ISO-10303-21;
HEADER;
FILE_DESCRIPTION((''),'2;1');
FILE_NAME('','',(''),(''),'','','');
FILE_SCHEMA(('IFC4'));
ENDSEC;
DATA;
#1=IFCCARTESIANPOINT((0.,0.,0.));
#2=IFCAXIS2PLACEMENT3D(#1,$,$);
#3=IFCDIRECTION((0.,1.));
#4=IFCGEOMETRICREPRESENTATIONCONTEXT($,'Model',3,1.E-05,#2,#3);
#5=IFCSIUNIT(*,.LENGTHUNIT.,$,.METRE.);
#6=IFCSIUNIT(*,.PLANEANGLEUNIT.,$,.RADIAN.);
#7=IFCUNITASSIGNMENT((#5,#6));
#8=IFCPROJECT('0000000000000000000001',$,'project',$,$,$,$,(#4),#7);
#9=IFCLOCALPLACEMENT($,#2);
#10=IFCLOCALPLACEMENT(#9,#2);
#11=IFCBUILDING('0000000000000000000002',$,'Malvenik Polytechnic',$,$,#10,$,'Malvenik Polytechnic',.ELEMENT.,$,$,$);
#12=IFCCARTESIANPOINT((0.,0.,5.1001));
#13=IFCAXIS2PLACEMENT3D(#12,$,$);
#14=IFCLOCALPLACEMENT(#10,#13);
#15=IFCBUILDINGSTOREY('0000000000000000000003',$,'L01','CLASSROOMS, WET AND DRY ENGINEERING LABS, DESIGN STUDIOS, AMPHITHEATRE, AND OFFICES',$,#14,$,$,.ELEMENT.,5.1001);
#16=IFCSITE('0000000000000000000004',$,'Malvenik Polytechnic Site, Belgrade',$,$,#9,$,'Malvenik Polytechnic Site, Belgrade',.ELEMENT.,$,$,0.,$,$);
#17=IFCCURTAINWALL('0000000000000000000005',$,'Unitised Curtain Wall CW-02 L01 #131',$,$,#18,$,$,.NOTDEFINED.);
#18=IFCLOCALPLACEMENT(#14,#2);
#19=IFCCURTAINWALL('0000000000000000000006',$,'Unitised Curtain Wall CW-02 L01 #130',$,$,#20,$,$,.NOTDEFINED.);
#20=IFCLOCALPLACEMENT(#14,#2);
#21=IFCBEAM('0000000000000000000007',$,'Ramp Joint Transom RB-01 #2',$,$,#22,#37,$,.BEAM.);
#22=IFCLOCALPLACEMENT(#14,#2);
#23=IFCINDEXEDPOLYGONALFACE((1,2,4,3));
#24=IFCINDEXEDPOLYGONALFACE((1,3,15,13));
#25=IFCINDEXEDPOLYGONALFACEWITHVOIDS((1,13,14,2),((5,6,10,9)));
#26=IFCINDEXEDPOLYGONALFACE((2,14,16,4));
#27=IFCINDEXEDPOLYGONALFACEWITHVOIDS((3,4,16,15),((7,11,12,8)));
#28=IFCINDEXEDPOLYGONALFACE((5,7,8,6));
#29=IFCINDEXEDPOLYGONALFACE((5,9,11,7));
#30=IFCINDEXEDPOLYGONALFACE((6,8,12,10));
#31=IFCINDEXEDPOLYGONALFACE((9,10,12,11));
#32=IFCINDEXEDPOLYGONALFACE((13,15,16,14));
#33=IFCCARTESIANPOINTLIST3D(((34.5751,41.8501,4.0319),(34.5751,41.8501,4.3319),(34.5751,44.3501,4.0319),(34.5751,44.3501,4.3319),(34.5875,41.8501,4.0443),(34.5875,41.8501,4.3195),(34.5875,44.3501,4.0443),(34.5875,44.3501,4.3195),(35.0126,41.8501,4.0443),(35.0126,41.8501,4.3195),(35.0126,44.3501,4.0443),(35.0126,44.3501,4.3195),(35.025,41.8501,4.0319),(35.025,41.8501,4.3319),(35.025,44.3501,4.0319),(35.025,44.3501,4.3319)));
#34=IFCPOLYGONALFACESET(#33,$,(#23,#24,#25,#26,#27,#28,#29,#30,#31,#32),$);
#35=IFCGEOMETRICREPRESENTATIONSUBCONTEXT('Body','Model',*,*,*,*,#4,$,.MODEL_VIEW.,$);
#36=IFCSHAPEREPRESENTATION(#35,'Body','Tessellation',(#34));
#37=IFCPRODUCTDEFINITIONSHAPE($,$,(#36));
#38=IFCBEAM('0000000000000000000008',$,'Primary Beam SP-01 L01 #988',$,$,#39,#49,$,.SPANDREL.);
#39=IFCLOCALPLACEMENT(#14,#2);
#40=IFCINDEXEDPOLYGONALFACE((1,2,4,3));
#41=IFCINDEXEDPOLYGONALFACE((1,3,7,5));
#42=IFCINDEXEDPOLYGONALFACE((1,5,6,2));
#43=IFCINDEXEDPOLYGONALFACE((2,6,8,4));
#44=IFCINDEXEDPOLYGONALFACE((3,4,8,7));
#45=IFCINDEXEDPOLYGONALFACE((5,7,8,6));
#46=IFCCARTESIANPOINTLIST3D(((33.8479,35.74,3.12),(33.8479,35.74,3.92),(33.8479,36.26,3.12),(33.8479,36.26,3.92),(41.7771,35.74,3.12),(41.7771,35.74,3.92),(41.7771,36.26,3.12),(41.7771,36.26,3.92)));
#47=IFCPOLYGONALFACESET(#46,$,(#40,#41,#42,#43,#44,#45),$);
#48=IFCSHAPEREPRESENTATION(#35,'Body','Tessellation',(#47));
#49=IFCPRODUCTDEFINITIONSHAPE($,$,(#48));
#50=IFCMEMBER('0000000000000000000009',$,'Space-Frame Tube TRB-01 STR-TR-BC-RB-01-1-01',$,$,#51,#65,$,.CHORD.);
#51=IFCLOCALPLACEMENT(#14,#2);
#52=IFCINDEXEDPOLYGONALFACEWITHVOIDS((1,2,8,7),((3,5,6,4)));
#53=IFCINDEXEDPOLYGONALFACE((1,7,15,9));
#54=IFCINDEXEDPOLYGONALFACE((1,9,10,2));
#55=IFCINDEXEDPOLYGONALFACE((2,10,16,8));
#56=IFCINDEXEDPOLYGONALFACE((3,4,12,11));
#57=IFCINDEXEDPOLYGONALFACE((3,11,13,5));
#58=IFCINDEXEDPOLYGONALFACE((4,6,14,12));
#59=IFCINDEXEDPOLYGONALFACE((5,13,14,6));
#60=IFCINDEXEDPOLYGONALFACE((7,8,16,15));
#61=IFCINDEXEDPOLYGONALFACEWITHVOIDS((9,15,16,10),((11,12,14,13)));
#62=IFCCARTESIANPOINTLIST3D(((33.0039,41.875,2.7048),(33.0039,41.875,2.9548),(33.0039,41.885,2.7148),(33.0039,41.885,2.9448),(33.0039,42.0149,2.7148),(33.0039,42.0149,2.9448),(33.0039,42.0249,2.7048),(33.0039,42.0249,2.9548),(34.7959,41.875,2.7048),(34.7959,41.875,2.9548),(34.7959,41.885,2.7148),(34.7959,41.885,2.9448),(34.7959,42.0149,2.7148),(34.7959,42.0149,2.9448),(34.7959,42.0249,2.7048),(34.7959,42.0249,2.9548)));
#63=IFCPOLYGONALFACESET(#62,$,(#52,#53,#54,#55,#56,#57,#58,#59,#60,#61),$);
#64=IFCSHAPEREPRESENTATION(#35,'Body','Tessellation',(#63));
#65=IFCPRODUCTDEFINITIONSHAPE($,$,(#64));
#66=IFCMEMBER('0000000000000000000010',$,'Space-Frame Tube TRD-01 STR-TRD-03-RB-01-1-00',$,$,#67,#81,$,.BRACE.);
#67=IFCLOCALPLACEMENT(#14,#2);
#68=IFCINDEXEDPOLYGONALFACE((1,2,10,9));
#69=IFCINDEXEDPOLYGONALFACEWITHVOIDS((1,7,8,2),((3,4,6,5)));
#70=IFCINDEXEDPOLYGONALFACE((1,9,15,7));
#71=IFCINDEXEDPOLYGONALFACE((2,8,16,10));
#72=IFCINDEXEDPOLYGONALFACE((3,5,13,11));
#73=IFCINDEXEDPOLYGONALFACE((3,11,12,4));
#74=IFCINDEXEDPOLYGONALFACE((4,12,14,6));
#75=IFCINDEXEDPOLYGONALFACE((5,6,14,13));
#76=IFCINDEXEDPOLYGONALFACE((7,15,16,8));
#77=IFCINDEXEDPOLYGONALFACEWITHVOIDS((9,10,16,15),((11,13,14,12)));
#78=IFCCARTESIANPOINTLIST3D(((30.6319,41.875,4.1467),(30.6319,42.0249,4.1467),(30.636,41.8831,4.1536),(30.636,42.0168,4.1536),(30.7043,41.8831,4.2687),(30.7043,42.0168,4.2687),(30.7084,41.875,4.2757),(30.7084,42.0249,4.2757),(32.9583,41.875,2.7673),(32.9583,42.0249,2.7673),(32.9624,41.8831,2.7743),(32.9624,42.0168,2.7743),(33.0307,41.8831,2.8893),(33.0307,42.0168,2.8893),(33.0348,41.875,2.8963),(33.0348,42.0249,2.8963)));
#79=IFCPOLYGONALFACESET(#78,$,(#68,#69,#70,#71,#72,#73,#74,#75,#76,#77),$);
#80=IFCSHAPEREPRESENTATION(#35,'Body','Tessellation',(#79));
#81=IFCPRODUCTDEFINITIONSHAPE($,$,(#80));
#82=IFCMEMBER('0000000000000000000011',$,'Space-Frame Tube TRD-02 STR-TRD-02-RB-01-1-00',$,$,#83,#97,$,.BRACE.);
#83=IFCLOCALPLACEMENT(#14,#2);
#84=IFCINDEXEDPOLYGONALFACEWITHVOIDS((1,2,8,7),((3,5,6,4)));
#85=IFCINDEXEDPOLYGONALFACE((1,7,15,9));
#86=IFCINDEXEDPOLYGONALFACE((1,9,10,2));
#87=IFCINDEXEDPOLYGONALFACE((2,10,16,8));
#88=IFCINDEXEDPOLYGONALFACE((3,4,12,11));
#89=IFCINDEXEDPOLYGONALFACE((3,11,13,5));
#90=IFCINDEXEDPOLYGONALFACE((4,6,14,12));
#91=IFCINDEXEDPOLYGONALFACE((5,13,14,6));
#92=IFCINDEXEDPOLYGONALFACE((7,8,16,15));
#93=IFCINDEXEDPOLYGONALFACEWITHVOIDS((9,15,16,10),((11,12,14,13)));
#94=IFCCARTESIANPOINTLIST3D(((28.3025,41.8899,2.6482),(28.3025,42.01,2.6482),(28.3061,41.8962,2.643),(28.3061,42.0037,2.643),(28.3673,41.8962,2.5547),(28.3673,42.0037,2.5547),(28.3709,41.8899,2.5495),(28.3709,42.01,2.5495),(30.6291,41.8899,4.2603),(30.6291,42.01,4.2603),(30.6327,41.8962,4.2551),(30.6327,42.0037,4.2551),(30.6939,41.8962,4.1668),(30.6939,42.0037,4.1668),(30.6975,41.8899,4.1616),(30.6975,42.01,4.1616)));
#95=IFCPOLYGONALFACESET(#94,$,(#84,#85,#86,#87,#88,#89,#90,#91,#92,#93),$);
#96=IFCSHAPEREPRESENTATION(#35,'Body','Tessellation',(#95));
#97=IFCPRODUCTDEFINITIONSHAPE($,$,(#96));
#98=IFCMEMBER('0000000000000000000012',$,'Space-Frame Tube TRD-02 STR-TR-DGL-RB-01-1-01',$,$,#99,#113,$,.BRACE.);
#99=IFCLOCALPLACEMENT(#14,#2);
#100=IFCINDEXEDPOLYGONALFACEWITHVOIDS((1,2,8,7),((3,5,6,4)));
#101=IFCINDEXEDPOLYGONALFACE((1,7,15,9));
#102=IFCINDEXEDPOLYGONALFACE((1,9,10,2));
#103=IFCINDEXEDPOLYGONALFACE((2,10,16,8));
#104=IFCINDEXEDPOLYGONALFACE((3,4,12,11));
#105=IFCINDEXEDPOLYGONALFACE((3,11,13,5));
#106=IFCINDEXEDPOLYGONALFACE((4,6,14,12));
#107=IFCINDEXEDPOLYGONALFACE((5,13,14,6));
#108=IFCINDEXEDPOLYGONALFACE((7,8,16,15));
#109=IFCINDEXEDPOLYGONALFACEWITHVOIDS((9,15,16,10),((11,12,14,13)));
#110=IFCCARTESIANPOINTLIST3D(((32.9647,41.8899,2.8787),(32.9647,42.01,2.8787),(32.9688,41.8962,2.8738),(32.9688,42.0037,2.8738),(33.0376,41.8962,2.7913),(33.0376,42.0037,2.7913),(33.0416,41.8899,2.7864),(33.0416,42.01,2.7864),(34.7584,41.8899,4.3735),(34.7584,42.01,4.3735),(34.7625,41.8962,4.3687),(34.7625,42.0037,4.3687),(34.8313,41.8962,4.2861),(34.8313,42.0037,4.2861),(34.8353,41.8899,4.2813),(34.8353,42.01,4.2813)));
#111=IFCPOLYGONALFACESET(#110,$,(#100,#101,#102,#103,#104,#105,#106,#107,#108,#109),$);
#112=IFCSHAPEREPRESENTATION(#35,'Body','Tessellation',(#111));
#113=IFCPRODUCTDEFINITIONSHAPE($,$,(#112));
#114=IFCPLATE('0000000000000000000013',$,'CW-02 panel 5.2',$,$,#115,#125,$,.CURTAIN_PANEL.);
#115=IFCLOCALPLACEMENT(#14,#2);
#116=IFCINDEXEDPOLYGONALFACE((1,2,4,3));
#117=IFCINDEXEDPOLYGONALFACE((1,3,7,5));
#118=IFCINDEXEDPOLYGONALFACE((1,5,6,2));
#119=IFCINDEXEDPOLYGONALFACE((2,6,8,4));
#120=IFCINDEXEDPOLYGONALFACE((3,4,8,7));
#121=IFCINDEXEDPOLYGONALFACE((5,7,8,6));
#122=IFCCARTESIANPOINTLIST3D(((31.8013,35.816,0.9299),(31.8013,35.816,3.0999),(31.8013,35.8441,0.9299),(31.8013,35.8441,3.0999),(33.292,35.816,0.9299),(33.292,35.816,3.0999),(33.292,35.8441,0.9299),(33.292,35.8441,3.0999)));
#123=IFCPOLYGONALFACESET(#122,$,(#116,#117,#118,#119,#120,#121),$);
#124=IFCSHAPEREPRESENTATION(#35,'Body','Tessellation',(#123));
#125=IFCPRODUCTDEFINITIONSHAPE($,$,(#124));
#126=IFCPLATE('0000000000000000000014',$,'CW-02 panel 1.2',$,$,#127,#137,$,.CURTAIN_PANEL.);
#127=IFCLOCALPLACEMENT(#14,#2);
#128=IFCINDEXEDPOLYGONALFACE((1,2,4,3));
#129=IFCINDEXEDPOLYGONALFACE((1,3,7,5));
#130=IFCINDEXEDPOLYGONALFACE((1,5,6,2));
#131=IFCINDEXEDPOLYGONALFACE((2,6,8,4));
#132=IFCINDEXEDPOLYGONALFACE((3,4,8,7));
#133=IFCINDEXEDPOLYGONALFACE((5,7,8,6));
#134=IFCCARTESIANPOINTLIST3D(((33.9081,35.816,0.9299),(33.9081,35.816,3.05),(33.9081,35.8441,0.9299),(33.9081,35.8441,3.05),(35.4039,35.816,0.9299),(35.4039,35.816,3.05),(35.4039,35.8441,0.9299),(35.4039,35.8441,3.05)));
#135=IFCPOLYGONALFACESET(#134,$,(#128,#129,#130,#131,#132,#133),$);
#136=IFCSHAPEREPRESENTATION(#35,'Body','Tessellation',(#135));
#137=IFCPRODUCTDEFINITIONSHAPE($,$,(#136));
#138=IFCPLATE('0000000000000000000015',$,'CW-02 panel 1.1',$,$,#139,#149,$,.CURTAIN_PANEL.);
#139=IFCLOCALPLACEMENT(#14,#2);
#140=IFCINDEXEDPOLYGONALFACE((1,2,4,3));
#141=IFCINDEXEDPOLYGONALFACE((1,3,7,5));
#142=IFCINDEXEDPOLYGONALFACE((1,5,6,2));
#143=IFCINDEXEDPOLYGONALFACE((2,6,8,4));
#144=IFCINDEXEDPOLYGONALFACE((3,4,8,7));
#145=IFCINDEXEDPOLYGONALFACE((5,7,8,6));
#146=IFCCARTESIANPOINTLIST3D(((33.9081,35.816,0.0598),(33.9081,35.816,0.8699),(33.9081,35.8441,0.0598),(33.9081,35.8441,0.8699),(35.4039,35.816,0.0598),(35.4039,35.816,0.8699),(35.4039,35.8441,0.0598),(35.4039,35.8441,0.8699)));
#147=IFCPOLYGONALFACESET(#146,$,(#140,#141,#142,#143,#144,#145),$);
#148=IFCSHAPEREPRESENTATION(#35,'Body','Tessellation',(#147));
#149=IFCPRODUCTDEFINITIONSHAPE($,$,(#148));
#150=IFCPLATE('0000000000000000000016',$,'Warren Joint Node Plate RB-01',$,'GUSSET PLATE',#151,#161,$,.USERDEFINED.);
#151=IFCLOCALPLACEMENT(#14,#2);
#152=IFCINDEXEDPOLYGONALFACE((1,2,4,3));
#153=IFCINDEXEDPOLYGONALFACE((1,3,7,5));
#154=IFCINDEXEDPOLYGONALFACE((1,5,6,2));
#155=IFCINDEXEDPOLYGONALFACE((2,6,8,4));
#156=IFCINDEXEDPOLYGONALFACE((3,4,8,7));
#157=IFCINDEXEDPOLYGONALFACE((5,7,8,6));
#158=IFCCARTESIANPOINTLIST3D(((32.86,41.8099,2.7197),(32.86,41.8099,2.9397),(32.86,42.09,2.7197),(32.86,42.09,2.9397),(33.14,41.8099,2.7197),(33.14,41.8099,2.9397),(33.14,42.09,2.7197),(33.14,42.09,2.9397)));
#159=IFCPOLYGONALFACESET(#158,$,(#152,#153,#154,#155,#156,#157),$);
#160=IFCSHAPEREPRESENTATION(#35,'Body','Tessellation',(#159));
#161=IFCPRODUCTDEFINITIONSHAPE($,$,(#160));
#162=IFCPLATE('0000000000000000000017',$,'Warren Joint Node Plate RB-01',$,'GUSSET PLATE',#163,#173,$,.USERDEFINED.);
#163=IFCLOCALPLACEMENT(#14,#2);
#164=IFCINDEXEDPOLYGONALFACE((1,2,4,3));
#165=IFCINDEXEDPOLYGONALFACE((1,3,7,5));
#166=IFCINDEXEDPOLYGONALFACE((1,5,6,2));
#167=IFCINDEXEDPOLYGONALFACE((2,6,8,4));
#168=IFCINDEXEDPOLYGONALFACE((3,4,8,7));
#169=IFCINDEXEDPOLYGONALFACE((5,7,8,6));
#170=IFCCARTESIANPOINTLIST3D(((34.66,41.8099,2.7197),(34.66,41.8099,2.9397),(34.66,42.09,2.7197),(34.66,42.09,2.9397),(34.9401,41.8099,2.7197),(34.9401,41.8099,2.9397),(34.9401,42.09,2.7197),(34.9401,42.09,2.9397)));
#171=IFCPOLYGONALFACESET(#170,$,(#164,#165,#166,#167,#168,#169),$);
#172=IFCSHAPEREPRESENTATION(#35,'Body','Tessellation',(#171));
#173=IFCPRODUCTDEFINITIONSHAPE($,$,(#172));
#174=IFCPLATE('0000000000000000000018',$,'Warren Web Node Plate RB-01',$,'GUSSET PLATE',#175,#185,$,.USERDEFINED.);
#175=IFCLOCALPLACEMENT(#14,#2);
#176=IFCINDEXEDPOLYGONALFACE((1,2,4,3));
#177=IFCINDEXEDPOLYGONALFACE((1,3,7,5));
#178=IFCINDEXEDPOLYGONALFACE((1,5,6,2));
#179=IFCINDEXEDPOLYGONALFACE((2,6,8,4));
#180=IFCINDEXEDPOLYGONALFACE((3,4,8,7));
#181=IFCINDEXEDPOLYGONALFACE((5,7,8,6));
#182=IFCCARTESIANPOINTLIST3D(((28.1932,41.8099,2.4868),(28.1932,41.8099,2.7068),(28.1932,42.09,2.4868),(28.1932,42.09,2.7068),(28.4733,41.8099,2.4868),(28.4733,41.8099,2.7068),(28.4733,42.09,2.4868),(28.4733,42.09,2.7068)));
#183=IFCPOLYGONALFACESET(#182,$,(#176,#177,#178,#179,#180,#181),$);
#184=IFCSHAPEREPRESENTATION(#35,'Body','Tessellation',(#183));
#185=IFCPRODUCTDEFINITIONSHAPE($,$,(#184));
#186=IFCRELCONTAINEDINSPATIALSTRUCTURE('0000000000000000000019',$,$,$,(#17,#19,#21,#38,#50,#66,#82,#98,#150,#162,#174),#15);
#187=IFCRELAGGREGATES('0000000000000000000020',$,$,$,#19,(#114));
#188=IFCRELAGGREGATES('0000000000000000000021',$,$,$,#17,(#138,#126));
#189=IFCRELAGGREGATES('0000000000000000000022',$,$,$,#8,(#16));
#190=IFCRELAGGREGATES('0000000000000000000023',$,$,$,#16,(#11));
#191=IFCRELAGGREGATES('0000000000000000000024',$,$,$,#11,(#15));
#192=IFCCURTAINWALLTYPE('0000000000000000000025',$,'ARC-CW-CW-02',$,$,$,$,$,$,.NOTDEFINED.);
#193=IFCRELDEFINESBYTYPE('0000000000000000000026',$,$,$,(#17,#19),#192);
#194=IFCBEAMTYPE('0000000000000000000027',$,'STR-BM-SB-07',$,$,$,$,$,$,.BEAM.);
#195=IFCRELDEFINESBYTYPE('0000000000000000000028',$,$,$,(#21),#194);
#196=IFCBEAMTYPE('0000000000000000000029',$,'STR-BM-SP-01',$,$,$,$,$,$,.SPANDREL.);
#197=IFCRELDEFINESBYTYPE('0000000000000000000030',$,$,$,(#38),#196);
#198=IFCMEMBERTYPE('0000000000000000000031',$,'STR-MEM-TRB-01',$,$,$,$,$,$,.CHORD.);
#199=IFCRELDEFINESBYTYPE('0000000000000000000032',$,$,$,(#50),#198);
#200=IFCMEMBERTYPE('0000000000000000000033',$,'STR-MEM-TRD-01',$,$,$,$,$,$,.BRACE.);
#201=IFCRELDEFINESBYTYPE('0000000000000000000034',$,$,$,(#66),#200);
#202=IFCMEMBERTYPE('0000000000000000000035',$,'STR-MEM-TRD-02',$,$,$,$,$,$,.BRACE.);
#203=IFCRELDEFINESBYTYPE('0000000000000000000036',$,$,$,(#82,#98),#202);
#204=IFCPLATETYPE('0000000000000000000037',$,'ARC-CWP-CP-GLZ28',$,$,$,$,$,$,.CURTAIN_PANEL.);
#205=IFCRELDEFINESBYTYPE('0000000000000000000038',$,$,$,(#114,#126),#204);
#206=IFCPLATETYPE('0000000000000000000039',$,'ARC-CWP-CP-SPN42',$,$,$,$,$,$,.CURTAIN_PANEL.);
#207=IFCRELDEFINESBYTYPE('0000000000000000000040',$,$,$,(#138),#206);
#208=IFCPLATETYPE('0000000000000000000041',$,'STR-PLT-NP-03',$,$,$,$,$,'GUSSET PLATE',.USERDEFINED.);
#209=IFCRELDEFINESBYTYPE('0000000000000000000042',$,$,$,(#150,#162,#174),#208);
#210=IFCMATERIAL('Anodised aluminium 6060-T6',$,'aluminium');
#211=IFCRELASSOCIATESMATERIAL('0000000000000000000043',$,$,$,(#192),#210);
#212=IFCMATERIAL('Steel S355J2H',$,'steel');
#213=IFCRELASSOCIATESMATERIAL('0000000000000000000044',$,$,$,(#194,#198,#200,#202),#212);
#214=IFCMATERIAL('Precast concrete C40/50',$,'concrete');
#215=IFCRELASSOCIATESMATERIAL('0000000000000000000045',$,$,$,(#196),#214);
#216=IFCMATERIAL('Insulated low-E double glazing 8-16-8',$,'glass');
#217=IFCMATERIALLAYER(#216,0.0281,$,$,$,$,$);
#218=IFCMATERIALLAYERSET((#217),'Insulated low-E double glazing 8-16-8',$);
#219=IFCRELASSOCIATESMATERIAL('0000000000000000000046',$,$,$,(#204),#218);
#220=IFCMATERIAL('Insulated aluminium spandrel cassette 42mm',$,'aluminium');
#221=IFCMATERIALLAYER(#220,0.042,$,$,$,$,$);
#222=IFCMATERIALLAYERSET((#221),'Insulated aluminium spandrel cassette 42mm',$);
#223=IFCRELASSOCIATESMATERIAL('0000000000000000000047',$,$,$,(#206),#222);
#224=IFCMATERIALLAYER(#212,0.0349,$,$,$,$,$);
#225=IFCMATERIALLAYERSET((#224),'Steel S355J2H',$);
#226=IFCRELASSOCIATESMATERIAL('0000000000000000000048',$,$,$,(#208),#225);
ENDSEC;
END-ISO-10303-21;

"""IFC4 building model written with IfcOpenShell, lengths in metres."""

from ifc_helpers import new_model, si_unit, direction, frame, origin, origin_2d, place, context, subcontext, project, spatial, rectangle, hollow_rectangle, extrude, material, layer, layer_set, material_profile, profile_set, type_object, element, aggregate, save


model = new_model("IFC4")

# Units and contexts
model_context = context("Model", 3, precision=1e-05, world=origin(), true_north=direction((0.0, 1.0)))
body_context = subcontext(model_context, "Body", "Model", "MODEL_VIEW")
ifc_project = project(units=[si_unit("LENGTHUNIT", "METRE"), si_unit("PLANEANGLEUNIT", "RADIAN")], contexts=[model_context])

# Site, building, storey
site_placement = place(None, origin())
site = spatial("IfcSite", under=ifc_project, at=site_placement, Name="Malvenik Polytechnic Site, Belgrade", LongName="Malvenik Polytechnic Site, Belgrade", CompositionType="ELEMENT", RefElevation=0.0)
building_placement = place(site_placement, origin())
building = spatial("IfcBuilding", under=site, at=building_placement, Name="Malvenik Polytechnic", LongName="Malvenik Polytechnic", CompositionType="ELEMENT")
storey_placement = place(building_placement, frame((0.0, 0.0, 5.1001)))
storey = spatial("IfcBuildingStorey", under=building, at=storey_placement, Name="L01", Description="CLASSROOMS, WET AND DRY ENGINEERING LABS, DESIGN STUDIOS, AMPHITHEATRE, AND OFFICES", CompositionType="ELEMENT", Elevation=5.1001)

# Shared definitions
ifc_material_1 = material(Name="Steel S355J2H", Category="steel")

# Curtain walls
ifc_material_2 = material(Name="Anodised aluminium 6060-T6", Category="aluminium")
curtain_wall_type = type_object("IfcCurtainWallType", Name="ARC-CW-CW-02", PredefinedType="NOTDEFINED", material=ifc_material_2)
curtain_wall_1_placement = place(storey_placement, origin())
curtain_wall_1 = element("IfcCurtainWall", 1, at=curtain_wall_1_placement, inside=storey, type_object=curtain_wall_type, Name="Unitised Curtain Wall CW-02 L01 #131", PredefinedType="NOTDEFINED")
curtain_wall_2_placement = place(storey_placement, origin())
curtain_wall_2 = element("IfcCurtainWall", 2, at=curtain_wall_2_placement, inside=storey, type_object=curtain_wall_type, Name="Unitised Curtain Wall CW-02 L01 #130", PredefinedType="NOTDEFINED")

# Beams
ifc_material_profile_1 = material_profile(ifc_material_1, hollow_rectangle(XDim=0.45, YDim=0.3, WallThickness=0.0125, at=origin_2d()), Name="RHS 450x300x12.5")
ifc_profile_set_1 = profile_set([ifc_material_profile_1], Name="Steel S355J2H")
beam_type_1 = type_object("IfcBeamType", Name="STR-BM-SB-07", PredefinedType="BEAM", material=ifc_profile_set_1)
for number, where, z_axis, x_axis, name in (
    (3, (34.8, 41.8501, 4.1819), (0.0, 1.0, 0.0), (-1.0, 0.0, 0.0), "Ramp Joint Transom RB-01 #2"),
):
    element("IfcBeam", number, at=place(storey_placement, frame(where, z_axis=z_axis, x_axis=x_axis)), inside=storey, type_object=beam_type_1, Name=name, PredefinedType="BEAM", context=body_context, shape_type="SweptSolid", body=[
        extrude(hollow_rectangle(XDim=0.45, YDim=0.3, WallThickness=0.0125, at=origin_2d()), origin(), (0.0, 0.0, 1.0), 2.5),
    ])
ifc_material_3 = material(Name="Precast concrete C40/50", Category="concrete")
ifc_material_profile_2 = material_profile(ifc_material_3, rectangle(XDim=0.52, YDim=0.8, at=origin_2d()), Name="PC SPN 520x800")
ifc_profile_set_2 = profile_set([ifc_material_profile_2], Name="Precast concrete C40/50")
beam_type_2 = type_object("IfcBeamType", Name="STR-BM-SP-01", PredefinedType="SPANDREL", material=ifc_profile_set_2)
beam_placement = place(storey_placement, frame((33.8479, 36.0, 3.52), z_axis=(1.0, 0.0, 0.0), x_axis=(0.0, 1.0, 0.0)))
element("IfcBeam", 4, at=beam_placement, inside=storey, type_object=beam_type_2, Name="Primary Beam SP-01 L01 #988", PredefinedType="SPANDREL", context=body_context, shape_type="SweptSolid", body=[
    extrude(rectangle(XDim=0.52, YDim=0.8, at=origin_2d()), origin(), (0.0, 0.0, 1.0), 7.9292),
])

# Members
ifc_material_profile_3 = material_profile(ifc_material_1, hollow_rectangle(XDim=0.1499, YDim=0.25, WallThickness=0.01, at=origin_2d()), Name="RHS 250x150x10.0")
ifc_profile_set_3 = profile_set([ifc_material_profile_3], Name="Steel S355J2H")
member_type_1 = type_object("IfcMemberType", Name="STR-MEM-TRB-01", PredefinedType="CHORD", material=ifc_profile_set_3)
member_1_placement = place(storey_placement, frame((33.0039, 41.95, 2.8298), z_axis=(1.0, 0.0, 0.0), x_axis=(0.0, 1.0, 0.0)))
element("IfcMember", 5, at=member_1_placement, inside=storey, type_object=member_type_1, Name="Space-Frame Tube TRB-01 STR-TR-BC-RB-01-1-01", PredefinedType="CHORD", context=body_context, shape_type="SweptSolid", body=[
    extrude(hollow_rectangle(XDim=0.1499, YDim=0.25, WallThickness=0.01, at=origin_2d()), origin(), (0.0, 0.0, 1.0), 1.792),
])
ifc_material_profile_4 = material_profile(ifc_material_1, hollow_rectangle(XDim=0.1499, YDim=0.1499, WallThickness=0.0081, at=origin_2d()), Name="SHS 150x150x8.0")
ifc_profile_set_4 = profile_set([ifc_material_profile_4], Name="Steel S355J2H")
member_type_2 = type_object("IfcMemberType", Name="STR-MEM-TRD-01", PredefinedType="BRACE", material=ifc_profile_set_4)
member_2_placement = place(storey_placement, frame((30.6702, 41.95, 4.2112), z_axis=(0.860165, 0.0, -0.510015), x_axis=(0.0, 1.0, 0.0)))
element("IfcMember", 6, at=member_2_placement, inside=storey, type_object=member_type_2, Name="Space-Frame Tube TRD-01 STR-TRD-03-RB-01-1-00", PredefinedType="BRACE", context=body_context, shape_type="SweptSolid", body=[
    extrude(hollow_rectangle(XDim=0.1499, YDim=0.1499, WallThickness=0.0081, at=origin_2d()), origin(), (0.0, 0.0, 1.0), 2.7046),
])
ifc_material_profile_5 = material_profile(ifc_material_1, hollow_rectangle(XDim=0.1201, YDim=0.1201, WallThickness=0.0063, at=origin_2d()), Name="SHS 120x120x6.3")
ifc_profile_set_5 = profile_set([ifc_material_profile_5], Name="Steel S355J2H")
member_type_3 = type_object("IfcMemberType", Name="STR-MEM-TRD-02", PredefinedType="BRACE", material=ifc_profile_set_5)
member_3_placement = place(storey_placement, frame((28.3367, 41.95, 2.5989), z_axis=(0.821978, 0.0, 0.569519), x_axis=(0.0, 1.0, 0.0)))
element("IfcMember", 7, at=member_3_placement, inside=storey, type_object=member_type_3, Name="Space-Frame Tube TRD-02 STR-TRD-02-RB-01-1-00", PredefinedType="BRACE", context=body_context, shape_type="SweptSolid", body=[
    extrude(hollow_rectangle(XDim=0.1201, YDim=0.1201, WallThickness=0.0063, at=origin_2d()), origin(), (0.0, 0.0, 1.0), 2.8306),
])
member_4_placement = place(storey_placement, frame((33.0032, 41.95, 2.8325), z_axis=(0.768196, 0.0, 0.640215), x_axis=(0.0, 1.0, 0.0)))
element("IfcMember", 8, at=member_4_placement, inside=storey, type_object=member_type_3, Name="Space-Frame Tube TRD-02 STR-TR-DGL-RB-01-1-01", PredefinedType="BRACE", context=body_context, shape_type="SweptSolid", body=[
    extrude(hollow_rectangle(XDim=0.1201, YDim=0.1201, WallThickness=0.0063, at=origin_2d()), origin(), (0.0, 0.0, 1.0), 2.335),
])

# Plates
ifc_material_4 = material(Name="Insulated low-E double glazing 8-16-8", Category="glass")
ifc_layer_1 = layer(ifc_material_4, 0.0281)
ifc_layer_set_1 = layer_set([ifc_layer_1], Name="Insulated low-E double glazing 8-16-8")
plate_type_1 = type_object("IfcPlateType", Name="ARC-CWP-CP-GLZ28", PredefinedType="CURTAIN_PANEL", material=ifc_layer_set_1)
plate_1_placement = place(storey_placement, frame((32.5466, 35.8301, 0.9299), z_axis=(0.0, 0.0, 1.0), x_axis=(1.0, 0.0, 0.0)))
plate_1 = element("IfcPlate", 9, at=plate_1_placement, type_object=plate_type_1, Name="CW-02 panel 5.2", PredefinedType="CURTAIN_PANEL", context=body_context, shape_type="SweptSolid", body=[
    extrude(rectangle(XDim=1.4907, YDim=0.0281, at=origin_2d()), origin(), (0.0, 0.0, 1.0), 2.1699),
])
aggregate(curtain_wall_2, [plate_1])
plate_2_placement = place(storey_placement, frame((34.656, 35.8301, 0.9299), z_axis=(0.0, 0.0, 1.0), x_axis=(1.0, 0.0, 0.0)))
plate_2 = element("IfcPlate", 10, at=plate_2_placement, type_object=plate_type_1, Name="CW-02 panel 1.2", PredefinedType="CURTAIN_PANEL", context=body_context, shape_type="SweptSolid", body=[
    extrude(rectangle(XDim=1.4958, YDim=0.0281, at=origin_2d()), origin(), (0.0, 0.0, 1.0), 2.1201),
])
ifc_material_5 = material(Name="Insulated aluminium spandrel cassette 42mm", Category="aluminium")
ifc_layer_2 = layer(ifc_material_5, 0.042)
ifc_layer_set_2 = layer_set([ifc_layer_2], Name="Insulated aluminium spandrel cassette 42mm")
plate_type_2 = type_object("IfcPlateType", Name="ARC-CWP-CP-SPN42", PredefinedType="CURTAIN_PANEL", material=ifc_layer_set_2)
plate_3_placement = place(storey_placement, frame((34.656, 35.8301, 0.0598), z_axis=(0.0, 0.0, 1.0), x_axis=(1.0, 0.0, 0.0)))
plate_3 = element("IfcPlate", 11, at=plate_3_placement, type_object=plate_type_2, Name="CW-02 panel 1.1", PredefinedType="CURTAIN_PANEL", context=body_context, shape_type="SweptSolid", body=[
    extrude(rectangle(XDim=1.4958, YDim=0.0281, at=origin_2d()), origin(), (0.0, 0.0, 1.0), 0.8101),
])
aggregate(curtain_wall_1, [plate_3, plate_2])

# Plates
ifc_layer_3 = layer(ifc_material_1, 0.0349)
ifc_layer_set_3 = layer_set([ifc_layer_3], Name="Steel S355J2H")
plate_type_3 = type_object("IfcPlateType", Name="STR-PLT-NP-03", ElementType="GUSSET PLATE", PredefinedType="USERDEFINED", material=ifc_layer_set_3)
for number, where, z_axis, x_axis, name in (
    (12, (33.0, 41.95, 2.7197), (0.0, 0.0, 1.0), (1.0, 0.0, 0.0), "Warren Joint Node Plate RB-01"),
    (13, (34.8, 41.95, 2.7197), (0.0, 0.0, 1.0), (1.0, 0.0, 0.0), "Warren Joint Node Plate RB-01"),
    (14, (28.3333, 41.95, 2.4868), (0.0, 0.0, 1.0), (1.0, 0.0, 0.0), "Warren Web Node Plate RB-01"),
):
    element("IfcPlate", number, at=place(storey_placement, frame(where, z_axis=z_axis, x_axis=x_axis)), inside=storey, type_object=plate_type_3, Name=name, ObjectType="GUSSET PLATE", PredefinedType="USERDEFINED", context=body_context, shape_type="SweptSolid", body=[
        extrude(rectangle(XDim=0.28, YDim=0.28, at=origin_2d()), origin(), (0.0, 0.0, 1.0), 0.22),
    ])

save(model, "model.ifc")
